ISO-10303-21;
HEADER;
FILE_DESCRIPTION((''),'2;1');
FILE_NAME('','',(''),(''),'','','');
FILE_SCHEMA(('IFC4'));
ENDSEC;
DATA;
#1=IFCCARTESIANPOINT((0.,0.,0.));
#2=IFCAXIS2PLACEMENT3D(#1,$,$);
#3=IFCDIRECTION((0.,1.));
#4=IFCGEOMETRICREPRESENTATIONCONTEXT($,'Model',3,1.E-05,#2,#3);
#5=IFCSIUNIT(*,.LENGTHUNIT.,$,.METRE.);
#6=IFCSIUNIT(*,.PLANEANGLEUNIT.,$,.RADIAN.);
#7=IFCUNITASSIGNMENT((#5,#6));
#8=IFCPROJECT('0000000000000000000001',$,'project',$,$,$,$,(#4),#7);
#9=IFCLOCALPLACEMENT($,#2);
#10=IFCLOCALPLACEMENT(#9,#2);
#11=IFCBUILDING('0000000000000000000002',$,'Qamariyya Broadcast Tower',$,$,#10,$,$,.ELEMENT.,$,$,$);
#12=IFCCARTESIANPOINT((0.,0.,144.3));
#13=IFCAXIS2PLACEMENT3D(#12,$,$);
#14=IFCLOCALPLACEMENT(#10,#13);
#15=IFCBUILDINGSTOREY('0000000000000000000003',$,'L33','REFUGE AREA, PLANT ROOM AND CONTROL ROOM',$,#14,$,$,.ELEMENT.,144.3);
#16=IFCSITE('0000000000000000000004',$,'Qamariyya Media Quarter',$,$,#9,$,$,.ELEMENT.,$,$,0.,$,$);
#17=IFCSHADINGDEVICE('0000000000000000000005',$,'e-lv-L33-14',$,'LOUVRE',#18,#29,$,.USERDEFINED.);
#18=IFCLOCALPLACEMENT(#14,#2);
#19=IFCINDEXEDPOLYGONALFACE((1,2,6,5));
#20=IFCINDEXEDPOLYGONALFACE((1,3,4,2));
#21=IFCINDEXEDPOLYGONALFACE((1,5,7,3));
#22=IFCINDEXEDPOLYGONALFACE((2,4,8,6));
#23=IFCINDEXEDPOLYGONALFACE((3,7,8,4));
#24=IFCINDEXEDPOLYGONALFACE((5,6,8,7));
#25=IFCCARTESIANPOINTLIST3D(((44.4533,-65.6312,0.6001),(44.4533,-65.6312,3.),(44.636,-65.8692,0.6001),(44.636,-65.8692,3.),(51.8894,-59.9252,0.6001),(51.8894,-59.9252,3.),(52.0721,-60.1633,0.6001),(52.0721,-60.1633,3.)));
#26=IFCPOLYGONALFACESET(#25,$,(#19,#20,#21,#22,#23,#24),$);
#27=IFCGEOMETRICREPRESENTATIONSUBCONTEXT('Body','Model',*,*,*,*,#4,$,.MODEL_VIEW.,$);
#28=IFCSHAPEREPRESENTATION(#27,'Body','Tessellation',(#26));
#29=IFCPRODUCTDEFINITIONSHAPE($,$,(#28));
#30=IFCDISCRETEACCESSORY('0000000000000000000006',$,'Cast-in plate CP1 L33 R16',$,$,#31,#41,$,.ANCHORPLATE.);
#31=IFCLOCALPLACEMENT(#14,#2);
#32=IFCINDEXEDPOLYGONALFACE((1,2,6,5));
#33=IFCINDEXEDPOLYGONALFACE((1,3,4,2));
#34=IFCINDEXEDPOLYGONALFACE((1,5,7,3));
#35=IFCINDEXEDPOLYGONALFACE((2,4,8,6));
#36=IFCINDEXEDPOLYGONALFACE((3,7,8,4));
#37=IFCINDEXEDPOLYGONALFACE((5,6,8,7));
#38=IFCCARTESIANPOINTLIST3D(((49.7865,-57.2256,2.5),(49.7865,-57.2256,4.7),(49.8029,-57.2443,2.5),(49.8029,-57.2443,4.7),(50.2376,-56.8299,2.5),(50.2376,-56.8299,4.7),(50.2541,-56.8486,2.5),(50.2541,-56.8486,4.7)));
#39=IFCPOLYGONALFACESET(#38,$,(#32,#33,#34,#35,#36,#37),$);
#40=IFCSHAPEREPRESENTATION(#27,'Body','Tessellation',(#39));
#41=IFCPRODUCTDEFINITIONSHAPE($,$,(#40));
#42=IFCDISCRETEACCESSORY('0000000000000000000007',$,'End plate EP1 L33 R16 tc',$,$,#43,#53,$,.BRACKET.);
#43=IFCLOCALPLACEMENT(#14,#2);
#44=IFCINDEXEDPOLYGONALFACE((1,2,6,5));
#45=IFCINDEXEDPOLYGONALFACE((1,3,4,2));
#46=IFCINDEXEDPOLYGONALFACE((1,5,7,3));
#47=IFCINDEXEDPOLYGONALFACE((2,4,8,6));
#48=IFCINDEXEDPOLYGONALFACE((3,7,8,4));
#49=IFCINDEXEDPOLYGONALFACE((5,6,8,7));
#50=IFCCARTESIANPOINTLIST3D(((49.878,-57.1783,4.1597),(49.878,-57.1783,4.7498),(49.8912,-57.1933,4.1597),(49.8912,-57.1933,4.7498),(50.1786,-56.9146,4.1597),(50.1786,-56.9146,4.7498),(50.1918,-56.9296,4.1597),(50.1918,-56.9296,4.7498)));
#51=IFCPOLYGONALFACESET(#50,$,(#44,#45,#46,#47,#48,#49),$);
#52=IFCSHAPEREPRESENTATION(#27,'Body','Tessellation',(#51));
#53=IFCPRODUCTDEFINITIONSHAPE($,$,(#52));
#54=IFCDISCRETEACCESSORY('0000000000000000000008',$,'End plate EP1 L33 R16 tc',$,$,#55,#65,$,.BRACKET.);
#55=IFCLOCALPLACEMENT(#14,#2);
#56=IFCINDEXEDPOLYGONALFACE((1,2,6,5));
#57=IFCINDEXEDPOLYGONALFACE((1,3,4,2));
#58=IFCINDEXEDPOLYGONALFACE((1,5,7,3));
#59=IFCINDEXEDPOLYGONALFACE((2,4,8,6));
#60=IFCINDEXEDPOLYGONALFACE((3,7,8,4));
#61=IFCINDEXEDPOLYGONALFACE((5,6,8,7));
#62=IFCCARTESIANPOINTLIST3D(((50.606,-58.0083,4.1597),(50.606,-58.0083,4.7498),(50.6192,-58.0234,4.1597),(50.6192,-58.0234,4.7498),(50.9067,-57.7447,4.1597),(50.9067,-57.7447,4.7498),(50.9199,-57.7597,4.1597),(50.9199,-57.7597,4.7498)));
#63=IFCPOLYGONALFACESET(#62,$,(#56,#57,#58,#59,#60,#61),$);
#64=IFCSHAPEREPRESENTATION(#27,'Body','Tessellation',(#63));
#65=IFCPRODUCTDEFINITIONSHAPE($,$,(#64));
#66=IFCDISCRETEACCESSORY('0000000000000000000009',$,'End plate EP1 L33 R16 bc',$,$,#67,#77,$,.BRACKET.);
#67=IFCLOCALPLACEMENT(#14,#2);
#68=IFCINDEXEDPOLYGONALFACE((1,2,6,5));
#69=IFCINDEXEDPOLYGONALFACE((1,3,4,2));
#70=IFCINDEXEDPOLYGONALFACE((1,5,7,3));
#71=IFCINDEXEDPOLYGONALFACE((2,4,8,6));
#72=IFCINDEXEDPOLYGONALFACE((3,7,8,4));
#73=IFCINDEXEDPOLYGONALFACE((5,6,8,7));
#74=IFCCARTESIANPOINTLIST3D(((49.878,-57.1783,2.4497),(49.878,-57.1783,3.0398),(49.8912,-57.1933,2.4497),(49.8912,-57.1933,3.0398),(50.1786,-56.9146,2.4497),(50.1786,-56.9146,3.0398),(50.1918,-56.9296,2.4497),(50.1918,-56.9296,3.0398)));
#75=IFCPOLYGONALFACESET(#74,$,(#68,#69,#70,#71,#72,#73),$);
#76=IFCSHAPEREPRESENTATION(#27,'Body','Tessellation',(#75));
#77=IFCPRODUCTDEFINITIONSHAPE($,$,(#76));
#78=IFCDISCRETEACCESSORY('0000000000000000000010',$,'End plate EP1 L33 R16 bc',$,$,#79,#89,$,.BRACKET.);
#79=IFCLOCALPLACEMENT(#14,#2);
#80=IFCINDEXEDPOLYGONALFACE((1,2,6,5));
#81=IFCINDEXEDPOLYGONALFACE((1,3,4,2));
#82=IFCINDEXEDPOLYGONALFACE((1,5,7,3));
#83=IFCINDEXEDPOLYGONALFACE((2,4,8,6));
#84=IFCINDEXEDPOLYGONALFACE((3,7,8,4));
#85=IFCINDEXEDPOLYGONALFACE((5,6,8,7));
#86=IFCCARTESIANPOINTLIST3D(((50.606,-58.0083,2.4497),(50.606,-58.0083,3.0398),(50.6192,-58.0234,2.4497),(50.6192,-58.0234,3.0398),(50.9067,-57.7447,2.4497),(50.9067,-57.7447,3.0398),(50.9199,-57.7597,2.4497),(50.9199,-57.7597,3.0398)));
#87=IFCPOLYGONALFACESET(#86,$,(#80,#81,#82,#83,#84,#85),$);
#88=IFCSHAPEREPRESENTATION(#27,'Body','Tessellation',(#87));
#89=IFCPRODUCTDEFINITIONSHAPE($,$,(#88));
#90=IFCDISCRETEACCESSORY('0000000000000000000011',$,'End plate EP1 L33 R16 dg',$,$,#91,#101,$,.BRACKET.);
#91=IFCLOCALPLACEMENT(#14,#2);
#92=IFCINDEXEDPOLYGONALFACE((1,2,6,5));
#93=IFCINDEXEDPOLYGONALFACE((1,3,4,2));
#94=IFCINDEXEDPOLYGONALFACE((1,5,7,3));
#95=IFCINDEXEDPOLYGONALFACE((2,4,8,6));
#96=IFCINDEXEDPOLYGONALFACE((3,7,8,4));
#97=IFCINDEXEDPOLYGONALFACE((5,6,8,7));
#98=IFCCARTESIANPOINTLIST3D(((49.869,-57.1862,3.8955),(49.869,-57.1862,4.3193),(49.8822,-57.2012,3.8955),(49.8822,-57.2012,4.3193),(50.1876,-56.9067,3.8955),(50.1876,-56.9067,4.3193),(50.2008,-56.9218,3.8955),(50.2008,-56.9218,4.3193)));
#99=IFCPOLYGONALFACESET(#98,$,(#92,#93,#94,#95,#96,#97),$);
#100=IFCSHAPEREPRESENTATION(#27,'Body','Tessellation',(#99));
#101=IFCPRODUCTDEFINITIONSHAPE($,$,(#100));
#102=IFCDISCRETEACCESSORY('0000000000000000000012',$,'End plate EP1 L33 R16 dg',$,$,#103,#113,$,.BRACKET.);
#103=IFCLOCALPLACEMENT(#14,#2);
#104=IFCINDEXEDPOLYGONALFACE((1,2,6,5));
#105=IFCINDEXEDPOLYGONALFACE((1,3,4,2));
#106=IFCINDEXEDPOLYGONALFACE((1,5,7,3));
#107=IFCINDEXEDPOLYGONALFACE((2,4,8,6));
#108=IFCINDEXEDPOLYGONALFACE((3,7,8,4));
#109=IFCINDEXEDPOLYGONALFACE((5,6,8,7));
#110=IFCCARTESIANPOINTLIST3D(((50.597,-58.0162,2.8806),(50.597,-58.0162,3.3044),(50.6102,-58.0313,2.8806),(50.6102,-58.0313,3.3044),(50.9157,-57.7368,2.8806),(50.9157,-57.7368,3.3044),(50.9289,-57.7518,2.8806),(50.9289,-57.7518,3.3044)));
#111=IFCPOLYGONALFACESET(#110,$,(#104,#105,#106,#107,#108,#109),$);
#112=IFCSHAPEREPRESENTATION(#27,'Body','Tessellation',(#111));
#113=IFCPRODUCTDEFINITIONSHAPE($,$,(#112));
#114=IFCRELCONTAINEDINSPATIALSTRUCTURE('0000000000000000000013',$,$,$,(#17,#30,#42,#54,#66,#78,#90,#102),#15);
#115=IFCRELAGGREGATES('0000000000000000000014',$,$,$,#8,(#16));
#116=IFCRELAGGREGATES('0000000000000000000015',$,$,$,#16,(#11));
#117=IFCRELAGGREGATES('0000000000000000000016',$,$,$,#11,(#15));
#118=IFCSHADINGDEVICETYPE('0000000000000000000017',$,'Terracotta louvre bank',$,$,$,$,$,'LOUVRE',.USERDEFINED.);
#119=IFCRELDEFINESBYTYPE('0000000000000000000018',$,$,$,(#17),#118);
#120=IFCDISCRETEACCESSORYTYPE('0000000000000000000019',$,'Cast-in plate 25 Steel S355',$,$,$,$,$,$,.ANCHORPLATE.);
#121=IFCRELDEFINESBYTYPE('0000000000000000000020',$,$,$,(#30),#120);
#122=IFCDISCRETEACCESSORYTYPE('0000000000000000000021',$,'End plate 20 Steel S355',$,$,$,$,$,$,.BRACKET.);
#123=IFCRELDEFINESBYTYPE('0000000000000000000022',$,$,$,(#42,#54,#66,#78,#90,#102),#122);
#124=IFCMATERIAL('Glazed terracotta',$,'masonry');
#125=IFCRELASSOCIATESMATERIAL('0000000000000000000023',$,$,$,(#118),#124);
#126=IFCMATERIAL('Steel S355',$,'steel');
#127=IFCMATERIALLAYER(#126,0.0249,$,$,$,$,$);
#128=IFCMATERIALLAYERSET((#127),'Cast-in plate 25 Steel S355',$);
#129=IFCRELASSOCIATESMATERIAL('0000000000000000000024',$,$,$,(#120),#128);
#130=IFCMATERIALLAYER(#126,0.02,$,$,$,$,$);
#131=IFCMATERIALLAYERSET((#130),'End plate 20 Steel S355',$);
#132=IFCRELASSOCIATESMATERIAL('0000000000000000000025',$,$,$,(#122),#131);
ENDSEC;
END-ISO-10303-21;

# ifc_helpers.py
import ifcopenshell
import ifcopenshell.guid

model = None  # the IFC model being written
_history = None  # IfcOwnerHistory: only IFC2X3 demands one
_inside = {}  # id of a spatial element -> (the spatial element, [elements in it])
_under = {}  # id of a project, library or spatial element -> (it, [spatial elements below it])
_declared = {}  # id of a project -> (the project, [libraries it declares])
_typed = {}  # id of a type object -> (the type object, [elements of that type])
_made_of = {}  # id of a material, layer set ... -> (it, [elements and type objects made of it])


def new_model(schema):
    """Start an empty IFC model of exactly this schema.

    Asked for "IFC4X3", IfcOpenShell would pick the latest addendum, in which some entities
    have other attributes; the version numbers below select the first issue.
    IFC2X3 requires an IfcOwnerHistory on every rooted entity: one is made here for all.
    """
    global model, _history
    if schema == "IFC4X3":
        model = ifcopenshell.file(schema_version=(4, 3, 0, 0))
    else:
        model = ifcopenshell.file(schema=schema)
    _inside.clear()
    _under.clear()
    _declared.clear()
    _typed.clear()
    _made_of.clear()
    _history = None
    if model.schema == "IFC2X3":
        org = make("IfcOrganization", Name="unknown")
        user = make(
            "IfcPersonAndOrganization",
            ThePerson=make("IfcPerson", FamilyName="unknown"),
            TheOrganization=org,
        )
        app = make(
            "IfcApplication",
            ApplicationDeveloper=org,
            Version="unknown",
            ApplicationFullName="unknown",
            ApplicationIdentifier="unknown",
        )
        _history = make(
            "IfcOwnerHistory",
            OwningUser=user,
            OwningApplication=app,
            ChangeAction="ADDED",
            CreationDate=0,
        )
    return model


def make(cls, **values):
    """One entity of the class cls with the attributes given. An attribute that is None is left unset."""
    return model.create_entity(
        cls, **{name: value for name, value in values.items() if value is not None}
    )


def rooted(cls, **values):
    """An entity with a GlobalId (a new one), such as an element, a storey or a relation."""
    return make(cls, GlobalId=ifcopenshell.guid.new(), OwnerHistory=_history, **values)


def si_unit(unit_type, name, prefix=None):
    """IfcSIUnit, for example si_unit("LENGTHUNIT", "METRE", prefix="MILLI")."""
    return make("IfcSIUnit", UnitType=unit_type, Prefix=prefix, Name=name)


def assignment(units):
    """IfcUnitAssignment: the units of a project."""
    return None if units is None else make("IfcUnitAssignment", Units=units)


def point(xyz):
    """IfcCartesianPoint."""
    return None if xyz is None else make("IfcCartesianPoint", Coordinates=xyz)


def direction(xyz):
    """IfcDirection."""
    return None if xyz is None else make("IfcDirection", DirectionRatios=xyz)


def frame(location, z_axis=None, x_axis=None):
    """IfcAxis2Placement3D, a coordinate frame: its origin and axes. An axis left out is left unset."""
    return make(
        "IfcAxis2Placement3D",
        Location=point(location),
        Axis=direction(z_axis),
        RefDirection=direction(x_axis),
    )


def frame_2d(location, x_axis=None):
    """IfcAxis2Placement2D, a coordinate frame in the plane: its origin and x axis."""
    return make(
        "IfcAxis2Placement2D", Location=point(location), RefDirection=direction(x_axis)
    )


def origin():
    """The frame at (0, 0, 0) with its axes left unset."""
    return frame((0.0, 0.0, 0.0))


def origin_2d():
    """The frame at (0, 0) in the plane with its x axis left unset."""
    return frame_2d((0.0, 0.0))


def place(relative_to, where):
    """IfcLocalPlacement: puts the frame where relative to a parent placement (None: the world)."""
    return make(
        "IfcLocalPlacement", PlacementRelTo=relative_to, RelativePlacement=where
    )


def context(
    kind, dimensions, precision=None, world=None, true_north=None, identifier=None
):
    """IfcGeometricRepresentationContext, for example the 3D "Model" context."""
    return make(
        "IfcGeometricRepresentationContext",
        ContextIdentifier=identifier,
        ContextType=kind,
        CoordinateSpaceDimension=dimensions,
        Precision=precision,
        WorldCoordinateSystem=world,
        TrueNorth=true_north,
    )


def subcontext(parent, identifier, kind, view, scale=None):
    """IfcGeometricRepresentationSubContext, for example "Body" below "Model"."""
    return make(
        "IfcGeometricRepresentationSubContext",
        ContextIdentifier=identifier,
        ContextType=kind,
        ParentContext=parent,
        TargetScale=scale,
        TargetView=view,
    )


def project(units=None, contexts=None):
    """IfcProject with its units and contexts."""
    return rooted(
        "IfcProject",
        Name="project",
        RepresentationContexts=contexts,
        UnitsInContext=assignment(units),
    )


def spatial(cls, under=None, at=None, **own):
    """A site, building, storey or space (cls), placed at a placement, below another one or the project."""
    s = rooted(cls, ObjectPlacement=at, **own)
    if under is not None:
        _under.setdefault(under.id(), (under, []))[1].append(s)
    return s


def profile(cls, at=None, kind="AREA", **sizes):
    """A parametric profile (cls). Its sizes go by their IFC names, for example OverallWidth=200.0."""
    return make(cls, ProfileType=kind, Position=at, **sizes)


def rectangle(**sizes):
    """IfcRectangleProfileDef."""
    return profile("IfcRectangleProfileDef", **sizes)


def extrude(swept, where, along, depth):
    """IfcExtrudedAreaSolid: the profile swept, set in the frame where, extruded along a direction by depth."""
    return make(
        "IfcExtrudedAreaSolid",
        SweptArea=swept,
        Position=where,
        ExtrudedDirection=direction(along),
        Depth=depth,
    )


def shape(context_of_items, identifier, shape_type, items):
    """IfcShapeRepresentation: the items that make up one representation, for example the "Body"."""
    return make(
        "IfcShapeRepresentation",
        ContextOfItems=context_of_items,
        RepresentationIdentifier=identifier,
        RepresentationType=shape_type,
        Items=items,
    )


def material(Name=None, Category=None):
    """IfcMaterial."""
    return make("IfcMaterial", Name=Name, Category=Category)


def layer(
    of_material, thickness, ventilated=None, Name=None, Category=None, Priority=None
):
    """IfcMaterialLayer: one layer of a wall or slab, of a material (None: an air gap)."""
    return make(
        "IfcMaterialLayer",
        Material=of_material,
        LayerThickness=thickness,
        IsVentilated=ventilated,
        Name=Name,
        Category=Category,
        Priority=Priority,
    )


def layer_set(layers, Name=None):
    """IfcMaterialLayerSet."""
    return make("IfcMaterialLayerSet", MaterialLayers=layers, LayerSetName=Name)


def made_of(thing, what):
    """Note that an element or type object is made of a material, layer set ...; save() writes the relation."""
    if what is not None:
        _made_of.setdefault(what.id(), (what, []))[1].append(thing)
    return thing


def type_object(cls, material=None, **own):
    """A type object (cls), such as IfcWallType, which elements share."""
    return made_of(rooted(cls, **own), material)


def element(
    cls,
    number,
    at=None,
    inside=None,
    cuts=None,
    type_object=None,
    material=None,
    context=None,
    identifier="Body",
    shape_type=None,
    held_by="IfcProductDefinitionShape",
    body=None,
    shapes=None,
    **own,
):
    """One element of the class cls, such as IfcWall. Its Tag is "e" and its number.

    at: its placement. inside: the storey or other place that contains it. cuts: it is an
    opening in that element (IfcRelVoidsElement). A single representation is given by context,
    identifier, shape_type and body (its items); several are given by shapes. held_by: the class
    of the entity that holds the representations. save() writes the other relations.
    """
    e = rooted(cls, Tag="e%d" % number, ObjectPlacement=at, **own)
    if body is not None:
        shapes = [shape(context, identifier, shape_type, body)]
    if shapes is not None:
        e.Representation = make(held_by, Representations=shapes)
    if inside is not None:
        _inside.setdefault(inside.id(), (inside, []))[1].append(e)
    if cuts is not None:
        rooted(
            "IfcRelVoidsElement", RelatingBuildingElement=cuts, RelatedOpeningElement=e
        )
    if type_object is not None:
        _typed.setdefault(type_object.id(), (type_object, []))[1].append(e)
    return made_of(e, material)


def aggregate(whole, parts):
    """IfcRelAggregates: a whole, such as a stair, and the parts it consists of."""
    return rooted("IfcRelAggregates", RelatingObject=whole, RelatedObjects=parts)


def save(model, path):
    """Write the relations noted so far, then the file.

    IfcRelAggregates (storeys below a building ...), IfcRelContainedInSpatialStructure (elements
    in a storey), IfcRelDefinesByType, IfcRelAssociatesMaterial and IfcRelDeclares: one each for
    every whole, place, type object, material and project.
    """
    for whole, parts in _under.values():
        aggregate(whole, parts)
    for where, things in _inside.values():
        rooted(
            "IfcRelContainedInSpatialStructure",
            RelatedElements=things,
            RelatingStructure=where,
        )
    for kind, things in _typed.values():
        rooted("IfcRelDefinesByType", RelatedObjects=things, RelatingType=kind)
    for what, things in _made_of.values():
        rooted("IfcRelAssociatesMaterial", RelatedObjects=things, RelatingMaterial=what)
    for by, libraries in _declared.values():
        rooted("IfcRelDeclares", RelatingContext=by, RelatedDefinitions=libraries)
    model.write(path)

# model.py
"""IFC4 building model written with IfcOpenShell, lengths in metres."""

from ifc_helpers import new_model, si_unit, direction, frame, origin, origin_2d, place, context, subcontext, project, spatial, rectangle, extrude, material, layer, layer_set, type_object, element, save


model = new_model("IFC4")

# Units and contexts
model_context = context("Model", 3, precision=1e-05, world=origin(), true_north=direction((0.0, 1.0)))
body_context = subcontext(model_context, "Body", "Model", "MODEL_VIEW")
ifc_project = project(units=[si_unit("LENGTHUNIT", "METRE"), si_unit("PLANEANGLEUNIT", "RADIAN")], contexts=[model_context])

# Site, building, storey
site_placement = place(None, origin())
site = spatial("IfcSite", under=ifc_project, at=site_placement, Name="Qamariyya Media Quarter", CompositionType="ELEMENT", RefElevation=0.0)
building_placement = place(site_placement, origin())
building = spatial("IfcBuilding", under=site, at=building_placement, Name="Qamariyya Broadcast Tower", CompositionType="ELEMENT")
storey_placement = place(building_placement, frame((0.0, 0.0, 144.3)))
storey = spatial("IfcBuildingStorey", under=building, at=storey_placement, Name="L33", Description="REFUGE AREA, PLANT ROOM AND CONTROL ROOM", CompositionType="ELEMENT", Elevation=144.3)

# Shared definitions
ifc_material_1 = material(Name="Steel S355", Category="steel")

# Shading device
ifc_material_2 = material(Name="Glazed terracotta", Category="masonry")
shading_device_type = type_object("IfcShadingDeviceType", Name="Terracotta louvre bank", ElementType="LOUVRE", PredefinedType="USERDEFINED", material=ifc_material_2)
shading_device_placement = place(storey_placement, frame((48.2627, -62.8972, 0.6001), z_axis=(0.0, 0.0, 1.0), x_axis=(0.793353, 0.608761, 0.0)))
element("IfcShadingDevice", 1, at=shading_device_placement, inside=storey, type_object=shading_device_type, Name="e-lv-L33-14", ObjectType="LOUVRE", PredefinedType="USERDEFINED", context=body_context, shape_type="SweptSolid", body=[
    extrude(rectangle(XDim=9.373, YDim=0.3, at=origin_2d()), origin(), (0.0, 0.0, 1.0), 2.3999),
])

# Discrete accessories
ifc_layer_1 = layer(ifc_material_1, 0.0249)
ifc_layer_set_1 = layer_set([ifc_layer_1], Name="Cast-in plate 25 Steel S355")
discrete_accessory_type_1 = type_object("IfcDiscreteAccessoryType", Name="Cast-in plate 25 Steel S355", PredefinedType="ANCHORPLATE", material=ifc_layer_set_1)
discrete_accessory_placement = place(storey_placement, frame((50.0203, -57.0371, 2.5), z_axis=(0.0, 0.0, 1.0), x_axis=(-0.75184, -0.659346, 0.0)))
element("IfcDiscreteAccessory", 2, at=discrete_accessory_placement, inside=storey, type_object=discrete_accessory_type_1, Name="Cast-in plate CP1 L33 R16", PredefinedType="ANCHORPLATE", context=body_context, shape_type="SweptSolid", body=[
    extrude(rectangle(XDim=0.6001, YDim=0.0249, at=origin_2d()), origin(), (0.0, 0.0, 1.0), 2.2),
])
ifc_layer_2 = layer(ifc_material_1, 0.02)
ifc_layer_set_2 = layer_set([ifc_layer_2], Name="End plate 20 Steel S355")
discrete_accessory_type_2 = type_object("IfcDiscreteAccessoryType", Name="End plate 20 Steel S355", PredefinedType="BRACKET", material=ifc_layer_set_2)
for number, where, z_axis, x_axis, name in (
    (3, (50.0349, -57.054, 4.1597), (0.0, 0.0, 1.0), (-0.75184, -0.659346, 0.0), "End plate EP1 L33 R16 tc"),
    (4, (50.7629, -57.884, 4.1597), (0.0, 0.0, 1.0), (-0.75184, -0.659346, 0.0), "End plate EP1 L33 R16 tc"),
    (5, (50.0349, -57.054, 2.4497), (0.0, 0.0, 1.0), (-0.75184, -0.659346, 0.0), "End plate EP1 L33 R16 bc"),
    (6, (50.7629, -57.884, 2.4497), (0.0, 0.0, 1.0), (-0.75184, -0.659346, 0.0), "End plate EP1 L33 R16 bc"),
):
    element("IfcDiscreteAccessory", number, at=place(storey_placement, frame(where, z_axis=z_axis, x_axis=x_axis)), inside=storey, type_object=discrete_accessory_type_2, Name=name, PredefinedType="BRACKET", context=body_context, shape_type="SweptSolid", body=[
        extrude(rectangle(XDim=0.3999, YDim=0.02, at=origin_2d()), origin(), (0.0, 0.0, 1.0), 0.5901),
    ])
for number, where, z_axis, x_axis, name in (
    (7, (50.0349, -57.054, 3.8955), (0.0, 0.0, 1.0), (-0.75184, -0.659346, 0.0), "End plate EP1 L33 R16 dg"),
    (8, (50.7629, -57.884, 2.8806), (0.0, 0.0, 1.0), (-0.75184, -0.659346, 0.0), "End plate EP1 L33 R16 dg"),
):
    element("IfcDiscreteAccessory", number, at=place(storey_placement, frame(where, z_axis=z_axis, x_axis=x_axis)), inside=storey, type_object=discrete_accessory_type_2, Name=name, PredefinedType="BRACKET", context=body_context, shape_type="SweptSolid", body=[
        extrude(rectangle(XDim=0.4238, YDim=0.02, at=origin_2d()), origin(), (0.0, 0.0, 1.0), 0.4238),
    ])

save(model, "model.ifc")
